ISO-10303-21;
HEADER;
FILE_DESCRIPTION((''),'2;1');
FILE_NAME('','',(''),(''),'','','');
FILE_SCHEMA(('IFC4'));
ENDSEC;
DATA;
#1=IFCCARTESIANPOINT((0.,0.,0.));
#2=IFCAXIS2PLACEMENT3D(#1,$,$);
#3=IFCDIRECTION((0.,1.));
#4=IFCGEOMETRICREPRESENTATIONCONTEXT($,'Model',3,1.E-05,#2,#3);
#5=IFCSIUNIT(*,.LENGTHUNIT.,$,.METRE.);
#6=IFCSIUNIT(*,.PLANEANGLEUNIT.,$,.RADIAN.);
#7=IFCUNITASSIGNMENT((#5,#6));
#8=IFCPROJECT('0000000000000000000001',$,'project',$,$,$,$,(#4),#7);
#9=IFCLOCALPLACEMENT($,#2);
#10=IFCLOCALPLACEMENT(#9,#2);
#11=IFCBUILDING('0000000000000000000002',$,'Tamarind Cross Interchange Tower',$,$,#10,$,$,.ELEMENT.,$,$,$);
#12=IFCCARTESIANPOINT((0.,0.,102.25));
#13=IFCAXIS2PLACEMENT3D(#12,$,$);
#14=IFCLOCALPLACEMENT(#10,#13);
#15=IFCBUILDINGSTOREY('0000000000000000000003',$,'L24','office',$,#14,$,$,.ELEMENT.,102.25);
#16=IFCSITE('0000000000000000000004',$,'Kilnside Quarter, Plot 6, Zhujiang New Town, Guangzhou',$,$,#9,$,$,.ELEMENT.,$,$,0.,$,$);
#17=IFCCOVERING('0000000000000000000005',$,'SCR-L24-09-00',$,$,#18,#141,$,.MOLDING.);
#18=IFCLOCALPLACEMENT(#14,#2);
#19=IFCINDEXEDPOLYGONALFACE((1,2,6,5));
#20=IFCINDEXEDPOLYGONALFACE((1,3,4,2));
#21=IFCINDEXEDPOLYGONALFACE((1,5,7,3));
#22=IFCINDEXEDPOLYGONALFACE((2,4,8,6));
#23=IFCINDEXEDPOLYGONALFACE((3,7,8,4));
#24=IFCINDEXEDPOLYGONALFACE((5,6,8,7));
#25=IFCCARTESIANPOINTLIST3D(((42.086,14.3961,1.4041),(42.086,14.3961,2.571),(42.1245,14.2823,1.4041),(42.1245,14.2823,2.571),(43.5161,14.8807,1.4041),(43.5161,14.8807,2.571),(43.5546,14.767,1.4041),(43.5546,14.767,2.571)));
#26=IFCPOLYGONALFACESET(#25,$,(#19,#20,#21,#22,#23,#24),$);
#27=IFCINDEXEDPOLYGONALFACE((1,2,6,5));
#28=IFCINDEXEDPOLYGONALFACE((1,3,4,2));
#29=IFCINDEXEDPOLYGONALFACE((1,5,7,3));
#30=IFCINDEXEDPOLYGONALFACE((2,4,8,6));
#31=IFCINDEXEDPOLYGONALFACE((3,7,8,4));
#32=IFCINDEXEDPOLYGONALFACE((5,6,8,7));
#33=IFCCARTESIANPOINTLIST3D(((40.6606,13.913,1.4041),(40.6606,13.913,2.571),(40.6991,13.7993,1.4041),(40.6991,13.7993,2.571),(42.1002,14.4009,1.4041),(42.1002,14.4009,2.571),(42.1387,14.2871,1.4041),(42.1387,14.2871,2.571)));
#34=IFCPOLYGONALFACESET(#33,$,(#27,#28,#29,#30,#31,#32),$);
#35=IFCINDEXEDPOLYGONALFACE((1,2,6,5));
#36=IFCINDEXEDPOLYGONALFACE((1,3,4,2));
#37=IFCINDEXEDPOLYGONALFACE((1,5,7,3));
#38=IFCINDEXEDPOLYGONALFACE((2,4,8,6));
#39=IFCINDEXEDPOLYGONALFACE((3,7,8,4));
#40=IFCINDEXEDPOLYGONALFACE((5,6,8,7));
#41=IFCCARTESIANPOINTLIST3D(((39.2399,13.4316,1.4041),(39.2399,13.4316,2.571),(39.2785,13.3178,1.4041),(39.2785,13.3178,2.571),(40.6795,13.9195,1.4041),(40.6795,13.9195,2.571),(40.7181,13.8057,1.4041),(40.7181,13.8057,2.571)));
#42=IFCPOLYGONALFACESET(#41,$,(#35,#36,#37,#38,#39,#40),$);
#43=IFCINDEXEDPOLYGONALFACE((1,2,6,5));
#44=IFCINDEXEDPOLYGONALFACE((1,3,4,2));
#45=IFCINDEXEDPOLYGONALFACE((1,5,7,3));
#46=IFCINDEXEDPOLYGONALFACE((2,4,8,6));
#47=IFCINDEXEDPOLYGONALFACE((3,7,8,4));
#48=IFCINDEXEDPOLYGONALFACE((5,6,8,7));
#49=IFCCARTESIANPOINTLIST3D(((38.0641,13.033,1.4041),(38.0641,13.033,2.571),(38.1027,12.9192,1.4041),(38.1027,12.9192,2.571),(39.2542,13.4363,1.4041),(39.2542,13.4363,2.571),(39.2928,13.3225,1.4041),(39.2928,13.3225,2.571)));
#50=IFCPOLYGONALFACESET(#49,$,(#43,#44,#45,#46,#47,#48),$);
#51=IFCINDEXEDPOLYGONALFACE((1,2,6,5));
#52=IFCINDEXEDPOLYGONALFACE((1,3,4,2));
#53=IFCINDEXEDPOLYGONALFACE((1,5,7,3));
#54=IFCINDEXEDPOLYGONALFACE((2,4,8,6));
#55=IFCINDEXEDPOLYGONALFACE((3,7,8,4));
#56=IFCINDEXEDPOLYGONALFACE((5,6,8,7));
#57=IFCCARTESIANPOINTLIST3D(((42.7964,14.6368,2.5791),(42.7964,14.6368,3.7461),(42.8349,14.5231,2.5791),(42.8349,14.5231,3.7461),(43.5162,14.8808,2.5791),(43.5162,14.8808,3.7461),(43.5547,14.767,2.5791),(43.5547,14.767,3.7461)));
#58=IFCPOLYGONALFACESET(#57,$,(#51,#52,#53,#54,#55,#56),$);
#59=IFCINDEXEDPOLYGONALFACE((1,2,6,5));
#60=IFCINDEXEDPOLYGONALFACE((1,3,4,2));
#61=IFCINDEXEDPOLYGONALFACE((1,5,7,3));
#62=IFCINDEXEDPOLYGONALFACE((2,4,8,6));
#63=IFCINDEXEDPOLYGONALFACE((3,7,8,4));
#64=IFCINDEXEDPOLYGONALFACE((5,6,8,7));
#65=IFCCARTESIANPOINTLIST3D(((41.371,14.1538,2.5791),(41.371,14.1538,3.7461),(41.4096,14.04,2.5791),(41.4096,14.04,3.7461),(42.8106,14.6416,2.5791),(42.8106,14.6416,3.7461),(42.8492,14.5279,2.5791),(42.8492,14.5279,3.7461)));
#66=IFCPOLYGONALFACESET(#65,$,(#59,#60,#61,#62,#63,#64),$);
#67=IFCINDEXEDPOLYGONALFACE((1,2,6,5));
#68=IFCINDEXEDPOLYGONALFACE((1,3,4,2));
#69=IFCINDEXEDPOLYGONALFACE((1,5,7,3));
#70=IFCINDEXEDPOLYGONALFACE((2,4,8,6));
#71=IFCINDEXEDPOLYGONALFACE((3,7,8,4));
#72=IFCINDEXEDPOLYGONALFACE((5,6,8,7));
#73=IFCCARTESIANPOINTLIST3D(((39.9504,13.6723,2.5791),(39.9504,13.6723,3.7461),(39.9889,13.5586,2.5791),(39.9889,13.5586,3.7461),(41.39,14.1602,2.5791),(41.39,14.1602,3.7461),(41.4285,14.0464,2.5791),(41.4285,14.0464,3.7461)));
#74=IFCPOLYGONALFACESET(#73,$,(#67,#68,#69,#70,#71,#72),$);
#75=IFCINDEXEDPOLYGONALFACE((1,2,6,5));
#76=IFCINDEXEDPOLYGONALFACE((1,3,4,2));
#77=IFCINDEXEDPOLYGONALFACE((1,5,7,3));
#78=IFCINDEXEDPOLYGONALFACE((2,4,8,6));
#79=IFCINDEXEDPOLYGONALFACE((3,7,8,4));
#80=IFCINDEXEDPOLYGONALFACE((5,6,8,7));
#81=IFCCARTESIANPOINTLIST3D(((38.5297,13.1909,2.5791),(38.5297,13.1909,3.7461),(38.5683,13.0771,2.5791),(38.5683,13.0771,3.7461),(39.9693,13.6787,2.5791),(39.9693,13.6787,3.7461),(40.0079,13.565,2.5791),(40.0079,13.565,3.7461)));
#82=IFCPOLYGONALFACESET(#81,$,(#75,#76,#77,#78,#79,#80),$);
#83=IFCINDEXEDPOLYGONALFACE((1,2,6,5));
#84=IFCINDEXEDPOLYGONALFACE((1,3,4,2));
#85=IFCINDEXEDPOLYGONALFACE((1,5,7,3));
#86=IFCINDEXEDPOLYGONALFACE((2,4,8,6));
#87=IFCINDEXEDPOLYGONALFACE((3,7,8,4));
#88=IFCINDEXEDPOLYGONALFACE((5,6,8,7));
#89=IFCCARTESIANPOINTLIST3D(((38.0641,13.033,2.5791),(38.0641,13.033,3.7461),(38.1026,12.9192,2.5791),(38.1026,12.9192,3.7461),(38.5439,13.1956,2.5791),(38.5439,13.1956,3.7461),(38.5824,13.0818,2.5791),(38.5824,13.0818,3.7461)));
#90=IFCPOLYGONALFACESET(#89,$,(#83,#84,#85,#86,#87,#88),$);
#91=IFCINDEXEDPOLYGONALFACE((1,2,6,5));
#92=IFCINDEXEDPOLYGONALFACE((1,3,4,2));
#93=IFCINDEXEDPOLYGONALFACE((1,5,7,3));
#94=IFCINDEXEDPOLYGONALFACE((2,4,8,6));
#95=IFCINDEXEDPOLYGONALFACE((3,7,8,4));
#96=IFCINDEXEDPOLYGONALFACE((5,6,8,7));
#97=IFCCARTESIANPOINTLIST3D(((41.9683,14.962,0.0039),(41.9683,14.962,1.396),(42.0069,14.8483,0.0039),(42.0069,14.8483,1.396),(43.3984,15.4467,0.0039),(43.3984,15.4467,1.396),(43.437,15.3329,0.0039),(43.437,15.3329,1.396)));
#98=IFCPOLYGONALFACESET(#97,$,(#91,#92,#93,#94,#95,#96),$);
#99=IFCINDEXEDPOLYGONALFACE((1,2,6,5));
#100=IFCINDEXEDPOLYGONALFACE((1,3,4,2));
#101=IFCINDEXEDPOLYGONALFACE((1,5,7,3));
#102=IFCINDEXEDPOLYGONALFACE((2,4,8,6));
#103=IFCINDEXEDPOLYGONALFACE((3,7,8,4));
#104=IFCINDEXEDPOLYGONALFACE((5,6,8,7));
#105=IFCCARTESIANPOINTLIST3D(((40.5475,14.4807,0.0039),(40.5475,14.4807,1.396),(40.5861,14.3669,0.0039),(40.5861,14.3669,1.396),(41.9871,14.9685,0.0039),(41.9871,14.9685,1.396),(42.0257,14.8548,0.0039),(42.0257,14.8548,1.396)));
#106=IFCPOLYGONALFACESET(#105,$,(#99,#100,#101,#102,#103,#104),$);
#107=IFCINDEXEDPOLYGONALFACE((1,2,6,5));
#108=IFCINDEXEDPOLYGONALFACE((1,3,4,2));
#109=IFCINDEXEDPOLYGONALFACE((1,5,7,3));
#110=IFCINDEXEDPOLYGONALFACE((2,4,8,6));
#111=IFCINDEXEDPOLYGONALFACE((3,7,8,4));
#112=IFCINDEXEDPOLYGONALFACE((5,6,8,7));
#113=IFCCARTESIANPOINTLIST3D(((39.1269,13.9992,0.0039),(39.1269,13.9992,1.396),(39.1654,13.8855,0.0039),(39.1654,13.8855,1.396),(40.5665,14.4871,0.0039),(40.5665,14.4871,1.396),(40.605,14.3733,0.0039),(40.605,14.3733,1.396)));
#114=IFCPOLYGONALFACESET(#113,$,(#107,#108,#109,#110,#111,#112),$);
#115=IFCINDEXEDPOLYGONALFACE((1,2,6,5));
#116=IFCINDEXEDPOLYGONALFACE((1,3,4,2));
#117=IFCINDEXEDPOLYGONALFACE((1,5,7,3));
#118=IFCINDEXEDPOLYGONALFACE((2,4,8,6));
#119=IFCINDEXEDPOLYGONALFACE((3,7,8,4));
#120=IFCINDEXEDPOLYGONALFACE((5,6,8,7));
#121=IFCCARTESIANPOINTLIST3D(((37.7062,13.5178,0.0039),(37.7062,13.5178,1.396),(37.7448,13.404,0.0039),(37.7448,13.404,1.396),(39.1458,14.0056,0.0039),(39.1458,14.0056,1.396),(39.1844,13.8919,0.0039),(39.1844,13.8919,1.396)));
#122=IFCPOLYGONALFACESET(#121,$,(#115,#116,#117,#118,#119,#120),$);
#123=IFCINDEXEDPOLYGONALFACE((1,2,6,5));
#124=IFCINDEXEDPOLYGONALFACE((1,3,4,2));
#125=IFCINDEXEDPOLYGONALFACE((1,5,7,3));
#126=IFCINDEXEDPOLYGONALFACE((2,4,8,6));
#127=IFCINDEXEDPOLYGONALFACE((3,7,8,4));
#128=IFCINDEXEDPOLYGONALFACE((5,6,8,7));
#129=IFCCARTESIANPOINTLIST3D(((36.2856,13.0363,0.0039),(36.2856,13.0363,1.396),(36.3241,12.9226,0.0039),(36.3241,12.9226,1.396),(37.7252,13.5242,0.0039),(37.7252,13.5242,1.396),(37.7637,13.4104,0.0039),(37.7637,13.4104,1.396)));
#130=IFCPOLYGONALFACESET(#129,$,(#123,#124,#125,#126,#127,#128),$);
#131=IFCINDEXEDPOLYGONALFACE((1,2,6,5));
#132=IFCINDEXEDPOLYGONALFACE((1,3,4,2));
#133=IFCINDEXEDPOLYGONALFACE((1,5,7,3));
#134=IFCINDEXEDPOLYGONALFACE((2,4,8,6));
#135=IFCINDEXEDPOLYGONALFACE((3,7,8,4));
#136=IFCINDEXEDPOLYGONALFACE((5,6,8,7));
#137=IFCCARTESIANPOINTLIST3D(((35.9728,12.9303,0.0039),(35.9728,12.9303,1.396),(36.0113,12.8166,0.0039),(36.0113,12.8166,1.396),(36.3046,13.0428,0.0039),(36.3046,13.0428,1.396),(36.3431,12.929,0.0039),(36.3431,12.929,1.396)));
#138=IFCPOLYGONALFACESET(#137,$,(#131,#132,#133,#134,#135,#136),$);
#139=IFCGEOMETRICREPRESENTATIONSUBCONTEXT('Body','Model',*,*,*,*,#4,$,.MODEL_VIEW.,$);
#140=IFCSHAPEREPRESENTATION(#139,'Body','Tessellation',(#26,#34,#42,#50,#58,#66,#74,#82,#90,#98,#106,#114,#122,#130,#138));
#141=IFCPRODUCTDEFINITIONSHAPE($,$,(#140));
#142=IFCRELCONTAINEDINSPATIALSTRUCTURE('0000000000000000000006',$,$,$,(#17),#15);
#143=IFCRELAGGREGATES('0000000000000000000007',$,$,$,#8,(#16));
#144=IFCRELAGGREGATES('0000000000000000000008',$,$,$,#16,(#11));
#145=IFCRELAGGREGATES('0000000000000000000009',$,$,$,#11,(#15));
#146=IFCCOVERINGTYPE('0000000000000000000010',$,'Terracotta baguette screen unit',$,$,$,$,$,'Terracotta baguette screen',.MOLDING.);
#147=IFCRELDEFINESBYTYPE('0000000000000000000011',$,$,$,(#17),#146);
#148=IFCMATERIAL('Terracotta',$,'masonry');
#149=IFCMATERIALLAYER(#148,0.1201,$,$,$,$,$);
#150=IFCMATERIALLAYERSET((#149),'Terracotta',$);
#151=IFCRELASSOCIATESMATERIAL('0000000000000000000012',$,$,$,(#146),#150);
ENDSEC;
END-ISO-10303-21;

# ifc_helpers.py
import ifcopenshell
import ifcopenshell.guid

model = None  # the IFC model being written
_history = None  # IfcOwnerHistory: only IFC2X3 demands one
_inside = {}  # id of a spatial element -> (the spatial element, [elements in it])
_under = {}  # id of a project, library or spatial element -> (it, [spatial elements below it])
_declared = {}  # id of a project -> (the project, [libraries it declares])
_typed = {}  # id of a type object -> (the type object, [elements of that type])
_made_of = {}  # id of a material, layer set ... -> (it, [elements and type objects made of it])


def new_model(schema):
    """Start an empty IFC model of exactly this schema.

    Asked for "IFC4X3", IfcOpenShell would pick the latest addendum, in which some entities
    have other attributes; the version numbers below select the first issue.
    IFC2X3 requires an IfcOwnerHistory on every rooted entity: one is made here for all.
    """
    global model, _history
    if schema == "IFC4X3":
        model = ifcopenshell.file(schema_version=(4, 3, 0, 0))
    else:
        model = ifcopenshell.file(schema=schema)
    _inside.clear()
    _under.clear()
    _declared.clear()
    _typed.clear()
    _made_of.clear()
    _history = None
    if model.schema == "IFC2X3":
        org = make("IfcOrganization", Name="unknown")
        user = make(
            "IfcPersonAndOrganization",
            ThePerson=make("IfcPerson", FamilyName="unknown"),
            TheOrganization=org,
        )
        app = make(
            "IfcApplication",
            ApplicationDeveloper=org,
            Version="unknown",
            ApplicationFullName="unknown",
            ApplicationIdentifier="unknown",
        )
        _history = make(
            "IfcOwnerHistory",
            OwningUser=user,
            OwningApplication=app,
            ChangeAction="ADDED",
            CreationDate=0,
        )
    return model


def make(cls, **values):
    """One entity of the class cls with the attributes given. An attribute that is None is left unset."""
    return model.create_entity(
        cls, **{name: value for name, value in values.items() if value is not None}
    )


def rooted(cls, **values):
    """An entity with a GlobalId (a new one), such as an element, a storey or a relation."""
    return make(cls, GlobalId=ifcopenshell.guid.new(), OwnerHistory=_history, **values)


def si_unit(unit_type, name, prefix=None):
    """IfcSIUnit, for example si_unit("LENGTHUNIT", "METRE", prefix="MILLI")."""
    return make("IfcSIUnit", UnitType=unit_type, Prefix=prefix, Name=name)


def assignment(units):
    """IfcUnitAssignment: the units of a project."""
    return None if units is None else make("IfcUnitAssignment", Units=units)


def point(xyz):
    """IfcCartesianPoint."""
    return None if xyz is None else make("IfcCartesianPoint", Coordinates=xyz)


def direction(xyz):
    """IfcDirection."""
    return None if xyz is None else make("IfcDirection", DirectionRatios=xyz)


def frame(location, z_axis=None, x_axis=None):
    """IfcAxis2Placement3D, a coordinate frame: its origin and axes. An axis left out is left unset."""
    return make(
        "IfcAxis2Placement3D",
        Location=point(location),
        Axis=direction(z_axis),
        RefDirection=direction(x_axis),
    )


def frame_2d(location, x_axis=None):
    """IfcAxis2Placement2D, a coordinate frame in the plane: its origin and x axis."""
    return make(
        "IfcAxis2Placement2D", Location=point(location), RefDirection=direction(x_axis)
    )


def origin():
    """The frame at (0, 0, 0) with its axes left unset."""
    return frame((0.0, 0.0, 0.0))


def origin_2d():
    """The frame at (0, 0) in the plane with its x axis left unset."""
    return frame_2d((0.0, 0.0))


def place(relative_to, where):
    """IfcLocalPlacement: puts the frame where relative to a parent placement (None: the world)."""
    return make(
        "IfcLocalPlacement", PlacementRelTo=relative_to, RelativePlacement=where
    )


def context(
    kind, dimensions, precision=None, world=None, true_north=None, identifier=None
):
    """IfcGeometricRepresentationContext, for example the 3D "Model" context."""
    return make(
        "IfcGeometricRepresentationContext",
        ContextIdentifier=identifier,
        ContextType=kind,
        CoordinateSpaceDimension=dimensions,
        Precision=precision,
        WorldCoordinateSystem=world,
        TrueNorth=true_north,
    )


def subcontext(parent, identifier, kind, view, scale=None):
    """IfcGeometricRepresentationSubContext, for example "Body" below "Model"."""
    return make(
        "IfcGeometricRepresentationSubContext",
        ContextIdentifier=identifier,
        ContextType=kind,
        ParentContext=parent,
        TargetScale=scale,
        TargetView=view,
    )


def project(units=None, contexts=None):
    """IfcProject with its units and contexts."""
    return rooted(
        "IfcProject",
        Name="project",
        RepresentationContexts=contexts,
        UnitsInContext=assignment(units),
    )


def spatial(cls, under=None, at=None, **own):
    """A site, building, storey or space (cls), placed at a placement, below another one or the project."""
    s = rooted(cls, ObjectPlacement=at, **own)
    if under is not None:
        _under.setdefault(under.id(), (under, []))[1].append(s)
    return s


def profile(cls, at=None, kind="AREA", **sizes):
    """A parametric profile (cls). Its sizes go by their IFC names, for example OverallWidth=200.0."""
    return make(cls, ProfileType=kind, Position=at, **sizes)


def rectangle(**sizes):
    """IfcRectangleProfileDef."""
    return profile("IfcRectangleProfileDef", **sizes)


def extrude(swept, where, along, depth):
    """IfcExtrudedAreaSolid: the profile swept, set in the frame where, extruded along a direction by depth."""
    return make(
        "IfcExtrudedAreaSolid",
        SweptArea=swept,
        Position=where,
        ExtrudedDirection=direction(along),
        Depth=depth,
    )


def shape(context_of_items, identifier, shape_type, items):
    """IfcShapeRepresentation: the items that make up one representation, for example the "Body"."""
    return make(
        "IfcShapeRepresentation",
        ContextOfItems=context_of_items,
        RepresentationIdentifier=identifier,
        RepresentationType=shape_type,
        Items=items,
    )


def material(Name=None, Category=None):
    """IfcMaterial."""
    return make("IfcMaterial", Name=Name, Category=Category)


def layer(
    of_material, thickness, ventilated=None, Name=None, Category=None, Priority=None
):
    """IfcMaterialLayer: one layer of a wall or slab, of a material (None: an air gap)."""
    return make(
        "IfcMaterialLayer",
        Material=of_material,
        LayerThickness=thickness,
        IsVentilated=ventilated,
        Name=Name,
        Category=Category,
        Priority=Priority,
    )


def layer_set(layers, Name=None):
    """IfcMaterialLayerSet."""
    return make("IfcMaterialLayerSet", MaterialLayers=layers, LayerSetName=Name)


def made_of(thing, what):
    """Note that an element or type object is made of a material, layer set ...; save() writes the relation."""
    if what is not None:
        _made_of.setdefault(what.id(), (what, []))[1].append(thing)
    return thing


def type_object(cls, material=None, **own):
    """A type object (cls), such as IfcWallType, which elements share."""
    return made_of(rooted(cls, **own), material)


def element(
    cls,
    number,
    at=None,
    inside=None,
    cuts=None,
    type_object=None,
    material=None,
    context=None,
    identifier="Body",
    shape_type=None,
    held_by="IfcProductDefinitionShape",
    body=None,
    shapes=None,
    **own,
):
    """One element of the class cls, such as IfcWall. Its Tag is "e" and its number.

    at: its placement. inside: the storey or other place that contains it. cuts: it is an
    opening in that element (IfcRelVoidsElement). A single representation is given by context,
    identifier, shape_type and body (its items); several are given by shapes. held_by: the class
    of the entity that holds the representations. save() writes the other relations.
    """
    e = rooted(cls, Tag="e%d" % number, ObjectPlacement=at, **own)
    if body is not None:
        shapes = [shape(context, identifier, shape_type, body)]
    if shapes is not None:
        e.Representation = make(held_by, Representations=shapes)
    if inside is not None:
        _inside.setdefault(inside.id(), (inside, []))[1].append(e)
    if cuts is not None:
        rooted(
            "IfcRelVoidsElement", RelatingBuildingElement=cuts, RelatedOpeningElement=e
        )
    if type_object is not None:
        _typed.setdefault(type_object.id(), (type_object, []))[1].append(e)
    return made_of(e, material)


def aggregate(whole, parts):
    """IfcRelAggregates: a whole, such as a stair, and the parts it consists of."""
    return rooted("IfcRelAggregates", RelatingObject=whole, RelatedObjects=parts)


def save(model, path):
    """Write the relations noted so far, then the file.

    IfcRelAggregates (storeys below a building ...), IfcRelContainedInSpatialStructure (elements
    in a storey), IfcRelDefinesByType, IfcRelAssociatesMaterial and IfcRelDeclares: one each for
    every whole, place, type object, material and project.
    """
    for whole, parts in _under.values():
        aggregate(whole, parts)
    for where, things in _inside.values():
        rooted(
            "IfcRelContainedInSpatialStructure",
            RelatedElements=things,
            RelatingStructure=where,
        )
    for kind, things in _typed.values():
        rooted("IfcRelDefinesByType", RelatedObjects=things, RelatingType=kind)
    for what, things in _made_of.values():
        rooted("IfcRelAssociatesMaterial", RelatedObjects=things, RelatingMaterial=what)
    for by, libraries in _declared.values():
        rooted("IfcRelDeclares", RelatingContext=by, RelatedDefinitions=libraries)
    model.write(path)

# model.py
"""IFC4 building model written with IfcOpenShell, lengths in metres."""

from ifc_helpers import new_model, si_unit, direction, frame, origin, origin_2d, place, context, subcontext, project, spatial, rectangle, extrude, material, layer, layer_set, type_object, element, save


model = new_model("IFC4")

# Units and contexts
model_context = context("Model", 3, precision=1e-05, world=origin(), true_north=direction((0.0, 1.0)))
body_context = subcontext(model_context, "Body", "Model", "MODEL_VIEW")
ifc_project = project(units=[si_unit("LENGTHUNIT", "METRE"), si_unit("PLANEANGLEUNIT", "RADIAN")], contexts=[model_context])

# Site, building, storey
site_placement = place(None, origin())
site = spatial("IfcSite", under=ifc_project, at=site_placement, Name="Kilnside Quarter, Plot 6, Zhujiang New Town, Guangzhou", CompositionType="ELEMENT", RefElevation=0.0)
building_placement = place(site_placement, origin())
building = spatial("IfcBuilding", under=site, at=building_placement, Name="Tamarind Cross Interchange Tower", CompositionType="ELEMENT")
storey_placement = place(building_placement, frame((0.0, 0.0, 102.25)))
storey = spatial("IfcBuildingStorey", under=building, at=storey_placement, Name="L24", Description="office", CompositionType="ELEMENT", Elevation=102.25)

# Covering
ifc_material_1 = material(Name="Terracotta", Category="masonry")
ifc_layer_1 = layer(ifc_material_1, 0.1201)
ifc_layer_set_1 = layer_set([ifc_layer_1], Name="Terracotta")
covering_type = type_object("IfcCoveringType", Name="Terracotta baguette screen unit", ElementType="Terracotta baguette screen", PredefinedType="MOLDING", material=ifc_layer_set_1)
covering_1_placement = place(storey_placement, origin())
element("IfcCovering", 1, at=covering_1_placement, inside=storey, type_object=covering_type, Name="SCR-L24-09-00", PredefinedType="MOLDING", context=body_context, shape_type="SweptSolid", body=[
    extrude(rectangle(XDim=1.51, YDim=0.1201, at=origin_2d()), frame((42.8203, 14.5815, 1.4041), z_axis=(0.0, 0.0, 1.0), x_axis=(-0.947093, -0.320959, 0.0)), (0.0, 0.0, 1.0), 1.167),
    extrude(rectangle(XDim=1.52, YDim=0.1201, at=origin_2d()), frame((41.3997, 14.1001, 1.4041), z_axis=(0.0, 0.0, 1.0), x_axis=(-0.947093, -0.320959, 0.0)), (0.0, 0.0, 1.0), 1.167),
    extrude(rectangle(XDim=1.52, YDim=0.1201, at=origin_2d()), frame((39.979, 13.6187, 1.4041), z_axis=(0.0, 0.0, 1.0), x_axis=(-0.947093, -0.320959, 0.0)), (0.0, 0.0, 1.0), 1.167),
    extrude(rectangle(XDim=1.2566, YDim=0.1201, at=origin_2d()), frame((38.6785, 13.1777, 1.4041), z_axis=(0.0, 0.0, 1.0), x_axis=(-0.947093, -0.320959, 0.0)), (0.0, 0.0, 1.0), 1.167),
    extrude(rectangle(XDim=0.76, YDim=0.1201, at=origin_2d()), frame((43.1755, 14.7019, 2.5791), z_axis=(0.0, 0.0, 1.0), x_axis=(-0.947093, -0.320959, 0.0)), (0.0, 0.0, 1.0), 1.167),
    extrude(rectangle(XDim=1.52, YDim=0.1201, at=origin_2d()), frame((42.1101, 14.3408, 2.5791), z_axis=(0.0, 0.0, 1.0), x_axis=(-0.947093, -0.320959, 0.0)), (0.0, 0.0, 1.0), 1.167),
    extrude(rectangle(XDim=1.52, YDim=0.1201, at=origin_2d()), frame((40.6895, 13.8594, 2.5791), z_axis=(0.0, 0.0, 1.0), x_axis=(-0.947093, -0.320959, 0.0)), (0.0, 0.0, 1.0), 1.167),
    extrude(rectangle(XDim=1.52, YDim=0.1201, at=origin_2d()), frame((39.2688, 13.3779, 2.5791), z_axis=(0.0, 0.0, 1.0), x_axis=(-0.947093, -0.320959, 0.0)), (0.0, 0.0, 1.0), 1.167),
    extrude(rectangle(XDim=0.5066, YDim=0.1201, at=origin_2d()), frame((38.3232, 13.0574, 2.5791), z_axis=(0.0, 0.0, 1.0), x_axis=(-0.947093, -0.320959, 0.0)), (0.0, 0.0, 1.0), 1.167),
    extrude(rectangle(XDim=1.51, YDim=0.1201, at=origin_2d()), frame((42.7026, 15.1475, 0.0039), z_axis=(0.0, 0.0, 1.0), x_axis=(-0.947093, -0.320959, 0.0)), (0.0, 0.0, 1.0), 1.3921),
    extrude(rectangle(XDim=1.52, YDim=0.1201, at=origin_2d()), frame((41.2866, 14.6677, 0.0039), z_axis=(0.0, 0.0, 1.0), x_axis=(-0.947093, -0.320959, 0.0)), (0.0, 0.0, 1.0), 1.3921),
    extrude(rectangle(XDim=1.52, YDim=0.1201, at=origin_2d()), frame((39.866, 14.1863, 0.0039), z_axis=(0.0, 0.0, 1.0), x_axis=(-0.947093, -0.320959, 0.0)), (0.0, 0.0, 1.0), 1.3921),
    extrude(rectangle(XDim=1.52, YDim=0.1201, at=origin_2d()), frame((38.4453, 13.7048, 0.0039), z_axis=(0.0, 0.0, 1.0), x_axis=(-0.947093, -0.320959, 0.0)), (0.0, 0.0, 1.0), 1.3921),
    extrude(rectangle(XDim=1.52, YDim=0.1201, at=origin_2d()), frame((37.0247, 13.2234, 0.0039), z_axis=(0.0, 0.0, 1.0), x_axis=(-0.947093, -0.320959, 0.0)), (0.0, 0.0, 1.0), 1.3921),
    extrude(rectangle(XDim=0.3503, YDim=0.1201, at=origin_2d()), frame((36.158, 12.9297, 0.0039), z_axis=(0.0, 0.0, 1.0), x_axis=(-0.947093, -0.320959, 0.0)), (0.0, 0.0, 1.0), 1.3921),
])

save(model, "model.ifc")
